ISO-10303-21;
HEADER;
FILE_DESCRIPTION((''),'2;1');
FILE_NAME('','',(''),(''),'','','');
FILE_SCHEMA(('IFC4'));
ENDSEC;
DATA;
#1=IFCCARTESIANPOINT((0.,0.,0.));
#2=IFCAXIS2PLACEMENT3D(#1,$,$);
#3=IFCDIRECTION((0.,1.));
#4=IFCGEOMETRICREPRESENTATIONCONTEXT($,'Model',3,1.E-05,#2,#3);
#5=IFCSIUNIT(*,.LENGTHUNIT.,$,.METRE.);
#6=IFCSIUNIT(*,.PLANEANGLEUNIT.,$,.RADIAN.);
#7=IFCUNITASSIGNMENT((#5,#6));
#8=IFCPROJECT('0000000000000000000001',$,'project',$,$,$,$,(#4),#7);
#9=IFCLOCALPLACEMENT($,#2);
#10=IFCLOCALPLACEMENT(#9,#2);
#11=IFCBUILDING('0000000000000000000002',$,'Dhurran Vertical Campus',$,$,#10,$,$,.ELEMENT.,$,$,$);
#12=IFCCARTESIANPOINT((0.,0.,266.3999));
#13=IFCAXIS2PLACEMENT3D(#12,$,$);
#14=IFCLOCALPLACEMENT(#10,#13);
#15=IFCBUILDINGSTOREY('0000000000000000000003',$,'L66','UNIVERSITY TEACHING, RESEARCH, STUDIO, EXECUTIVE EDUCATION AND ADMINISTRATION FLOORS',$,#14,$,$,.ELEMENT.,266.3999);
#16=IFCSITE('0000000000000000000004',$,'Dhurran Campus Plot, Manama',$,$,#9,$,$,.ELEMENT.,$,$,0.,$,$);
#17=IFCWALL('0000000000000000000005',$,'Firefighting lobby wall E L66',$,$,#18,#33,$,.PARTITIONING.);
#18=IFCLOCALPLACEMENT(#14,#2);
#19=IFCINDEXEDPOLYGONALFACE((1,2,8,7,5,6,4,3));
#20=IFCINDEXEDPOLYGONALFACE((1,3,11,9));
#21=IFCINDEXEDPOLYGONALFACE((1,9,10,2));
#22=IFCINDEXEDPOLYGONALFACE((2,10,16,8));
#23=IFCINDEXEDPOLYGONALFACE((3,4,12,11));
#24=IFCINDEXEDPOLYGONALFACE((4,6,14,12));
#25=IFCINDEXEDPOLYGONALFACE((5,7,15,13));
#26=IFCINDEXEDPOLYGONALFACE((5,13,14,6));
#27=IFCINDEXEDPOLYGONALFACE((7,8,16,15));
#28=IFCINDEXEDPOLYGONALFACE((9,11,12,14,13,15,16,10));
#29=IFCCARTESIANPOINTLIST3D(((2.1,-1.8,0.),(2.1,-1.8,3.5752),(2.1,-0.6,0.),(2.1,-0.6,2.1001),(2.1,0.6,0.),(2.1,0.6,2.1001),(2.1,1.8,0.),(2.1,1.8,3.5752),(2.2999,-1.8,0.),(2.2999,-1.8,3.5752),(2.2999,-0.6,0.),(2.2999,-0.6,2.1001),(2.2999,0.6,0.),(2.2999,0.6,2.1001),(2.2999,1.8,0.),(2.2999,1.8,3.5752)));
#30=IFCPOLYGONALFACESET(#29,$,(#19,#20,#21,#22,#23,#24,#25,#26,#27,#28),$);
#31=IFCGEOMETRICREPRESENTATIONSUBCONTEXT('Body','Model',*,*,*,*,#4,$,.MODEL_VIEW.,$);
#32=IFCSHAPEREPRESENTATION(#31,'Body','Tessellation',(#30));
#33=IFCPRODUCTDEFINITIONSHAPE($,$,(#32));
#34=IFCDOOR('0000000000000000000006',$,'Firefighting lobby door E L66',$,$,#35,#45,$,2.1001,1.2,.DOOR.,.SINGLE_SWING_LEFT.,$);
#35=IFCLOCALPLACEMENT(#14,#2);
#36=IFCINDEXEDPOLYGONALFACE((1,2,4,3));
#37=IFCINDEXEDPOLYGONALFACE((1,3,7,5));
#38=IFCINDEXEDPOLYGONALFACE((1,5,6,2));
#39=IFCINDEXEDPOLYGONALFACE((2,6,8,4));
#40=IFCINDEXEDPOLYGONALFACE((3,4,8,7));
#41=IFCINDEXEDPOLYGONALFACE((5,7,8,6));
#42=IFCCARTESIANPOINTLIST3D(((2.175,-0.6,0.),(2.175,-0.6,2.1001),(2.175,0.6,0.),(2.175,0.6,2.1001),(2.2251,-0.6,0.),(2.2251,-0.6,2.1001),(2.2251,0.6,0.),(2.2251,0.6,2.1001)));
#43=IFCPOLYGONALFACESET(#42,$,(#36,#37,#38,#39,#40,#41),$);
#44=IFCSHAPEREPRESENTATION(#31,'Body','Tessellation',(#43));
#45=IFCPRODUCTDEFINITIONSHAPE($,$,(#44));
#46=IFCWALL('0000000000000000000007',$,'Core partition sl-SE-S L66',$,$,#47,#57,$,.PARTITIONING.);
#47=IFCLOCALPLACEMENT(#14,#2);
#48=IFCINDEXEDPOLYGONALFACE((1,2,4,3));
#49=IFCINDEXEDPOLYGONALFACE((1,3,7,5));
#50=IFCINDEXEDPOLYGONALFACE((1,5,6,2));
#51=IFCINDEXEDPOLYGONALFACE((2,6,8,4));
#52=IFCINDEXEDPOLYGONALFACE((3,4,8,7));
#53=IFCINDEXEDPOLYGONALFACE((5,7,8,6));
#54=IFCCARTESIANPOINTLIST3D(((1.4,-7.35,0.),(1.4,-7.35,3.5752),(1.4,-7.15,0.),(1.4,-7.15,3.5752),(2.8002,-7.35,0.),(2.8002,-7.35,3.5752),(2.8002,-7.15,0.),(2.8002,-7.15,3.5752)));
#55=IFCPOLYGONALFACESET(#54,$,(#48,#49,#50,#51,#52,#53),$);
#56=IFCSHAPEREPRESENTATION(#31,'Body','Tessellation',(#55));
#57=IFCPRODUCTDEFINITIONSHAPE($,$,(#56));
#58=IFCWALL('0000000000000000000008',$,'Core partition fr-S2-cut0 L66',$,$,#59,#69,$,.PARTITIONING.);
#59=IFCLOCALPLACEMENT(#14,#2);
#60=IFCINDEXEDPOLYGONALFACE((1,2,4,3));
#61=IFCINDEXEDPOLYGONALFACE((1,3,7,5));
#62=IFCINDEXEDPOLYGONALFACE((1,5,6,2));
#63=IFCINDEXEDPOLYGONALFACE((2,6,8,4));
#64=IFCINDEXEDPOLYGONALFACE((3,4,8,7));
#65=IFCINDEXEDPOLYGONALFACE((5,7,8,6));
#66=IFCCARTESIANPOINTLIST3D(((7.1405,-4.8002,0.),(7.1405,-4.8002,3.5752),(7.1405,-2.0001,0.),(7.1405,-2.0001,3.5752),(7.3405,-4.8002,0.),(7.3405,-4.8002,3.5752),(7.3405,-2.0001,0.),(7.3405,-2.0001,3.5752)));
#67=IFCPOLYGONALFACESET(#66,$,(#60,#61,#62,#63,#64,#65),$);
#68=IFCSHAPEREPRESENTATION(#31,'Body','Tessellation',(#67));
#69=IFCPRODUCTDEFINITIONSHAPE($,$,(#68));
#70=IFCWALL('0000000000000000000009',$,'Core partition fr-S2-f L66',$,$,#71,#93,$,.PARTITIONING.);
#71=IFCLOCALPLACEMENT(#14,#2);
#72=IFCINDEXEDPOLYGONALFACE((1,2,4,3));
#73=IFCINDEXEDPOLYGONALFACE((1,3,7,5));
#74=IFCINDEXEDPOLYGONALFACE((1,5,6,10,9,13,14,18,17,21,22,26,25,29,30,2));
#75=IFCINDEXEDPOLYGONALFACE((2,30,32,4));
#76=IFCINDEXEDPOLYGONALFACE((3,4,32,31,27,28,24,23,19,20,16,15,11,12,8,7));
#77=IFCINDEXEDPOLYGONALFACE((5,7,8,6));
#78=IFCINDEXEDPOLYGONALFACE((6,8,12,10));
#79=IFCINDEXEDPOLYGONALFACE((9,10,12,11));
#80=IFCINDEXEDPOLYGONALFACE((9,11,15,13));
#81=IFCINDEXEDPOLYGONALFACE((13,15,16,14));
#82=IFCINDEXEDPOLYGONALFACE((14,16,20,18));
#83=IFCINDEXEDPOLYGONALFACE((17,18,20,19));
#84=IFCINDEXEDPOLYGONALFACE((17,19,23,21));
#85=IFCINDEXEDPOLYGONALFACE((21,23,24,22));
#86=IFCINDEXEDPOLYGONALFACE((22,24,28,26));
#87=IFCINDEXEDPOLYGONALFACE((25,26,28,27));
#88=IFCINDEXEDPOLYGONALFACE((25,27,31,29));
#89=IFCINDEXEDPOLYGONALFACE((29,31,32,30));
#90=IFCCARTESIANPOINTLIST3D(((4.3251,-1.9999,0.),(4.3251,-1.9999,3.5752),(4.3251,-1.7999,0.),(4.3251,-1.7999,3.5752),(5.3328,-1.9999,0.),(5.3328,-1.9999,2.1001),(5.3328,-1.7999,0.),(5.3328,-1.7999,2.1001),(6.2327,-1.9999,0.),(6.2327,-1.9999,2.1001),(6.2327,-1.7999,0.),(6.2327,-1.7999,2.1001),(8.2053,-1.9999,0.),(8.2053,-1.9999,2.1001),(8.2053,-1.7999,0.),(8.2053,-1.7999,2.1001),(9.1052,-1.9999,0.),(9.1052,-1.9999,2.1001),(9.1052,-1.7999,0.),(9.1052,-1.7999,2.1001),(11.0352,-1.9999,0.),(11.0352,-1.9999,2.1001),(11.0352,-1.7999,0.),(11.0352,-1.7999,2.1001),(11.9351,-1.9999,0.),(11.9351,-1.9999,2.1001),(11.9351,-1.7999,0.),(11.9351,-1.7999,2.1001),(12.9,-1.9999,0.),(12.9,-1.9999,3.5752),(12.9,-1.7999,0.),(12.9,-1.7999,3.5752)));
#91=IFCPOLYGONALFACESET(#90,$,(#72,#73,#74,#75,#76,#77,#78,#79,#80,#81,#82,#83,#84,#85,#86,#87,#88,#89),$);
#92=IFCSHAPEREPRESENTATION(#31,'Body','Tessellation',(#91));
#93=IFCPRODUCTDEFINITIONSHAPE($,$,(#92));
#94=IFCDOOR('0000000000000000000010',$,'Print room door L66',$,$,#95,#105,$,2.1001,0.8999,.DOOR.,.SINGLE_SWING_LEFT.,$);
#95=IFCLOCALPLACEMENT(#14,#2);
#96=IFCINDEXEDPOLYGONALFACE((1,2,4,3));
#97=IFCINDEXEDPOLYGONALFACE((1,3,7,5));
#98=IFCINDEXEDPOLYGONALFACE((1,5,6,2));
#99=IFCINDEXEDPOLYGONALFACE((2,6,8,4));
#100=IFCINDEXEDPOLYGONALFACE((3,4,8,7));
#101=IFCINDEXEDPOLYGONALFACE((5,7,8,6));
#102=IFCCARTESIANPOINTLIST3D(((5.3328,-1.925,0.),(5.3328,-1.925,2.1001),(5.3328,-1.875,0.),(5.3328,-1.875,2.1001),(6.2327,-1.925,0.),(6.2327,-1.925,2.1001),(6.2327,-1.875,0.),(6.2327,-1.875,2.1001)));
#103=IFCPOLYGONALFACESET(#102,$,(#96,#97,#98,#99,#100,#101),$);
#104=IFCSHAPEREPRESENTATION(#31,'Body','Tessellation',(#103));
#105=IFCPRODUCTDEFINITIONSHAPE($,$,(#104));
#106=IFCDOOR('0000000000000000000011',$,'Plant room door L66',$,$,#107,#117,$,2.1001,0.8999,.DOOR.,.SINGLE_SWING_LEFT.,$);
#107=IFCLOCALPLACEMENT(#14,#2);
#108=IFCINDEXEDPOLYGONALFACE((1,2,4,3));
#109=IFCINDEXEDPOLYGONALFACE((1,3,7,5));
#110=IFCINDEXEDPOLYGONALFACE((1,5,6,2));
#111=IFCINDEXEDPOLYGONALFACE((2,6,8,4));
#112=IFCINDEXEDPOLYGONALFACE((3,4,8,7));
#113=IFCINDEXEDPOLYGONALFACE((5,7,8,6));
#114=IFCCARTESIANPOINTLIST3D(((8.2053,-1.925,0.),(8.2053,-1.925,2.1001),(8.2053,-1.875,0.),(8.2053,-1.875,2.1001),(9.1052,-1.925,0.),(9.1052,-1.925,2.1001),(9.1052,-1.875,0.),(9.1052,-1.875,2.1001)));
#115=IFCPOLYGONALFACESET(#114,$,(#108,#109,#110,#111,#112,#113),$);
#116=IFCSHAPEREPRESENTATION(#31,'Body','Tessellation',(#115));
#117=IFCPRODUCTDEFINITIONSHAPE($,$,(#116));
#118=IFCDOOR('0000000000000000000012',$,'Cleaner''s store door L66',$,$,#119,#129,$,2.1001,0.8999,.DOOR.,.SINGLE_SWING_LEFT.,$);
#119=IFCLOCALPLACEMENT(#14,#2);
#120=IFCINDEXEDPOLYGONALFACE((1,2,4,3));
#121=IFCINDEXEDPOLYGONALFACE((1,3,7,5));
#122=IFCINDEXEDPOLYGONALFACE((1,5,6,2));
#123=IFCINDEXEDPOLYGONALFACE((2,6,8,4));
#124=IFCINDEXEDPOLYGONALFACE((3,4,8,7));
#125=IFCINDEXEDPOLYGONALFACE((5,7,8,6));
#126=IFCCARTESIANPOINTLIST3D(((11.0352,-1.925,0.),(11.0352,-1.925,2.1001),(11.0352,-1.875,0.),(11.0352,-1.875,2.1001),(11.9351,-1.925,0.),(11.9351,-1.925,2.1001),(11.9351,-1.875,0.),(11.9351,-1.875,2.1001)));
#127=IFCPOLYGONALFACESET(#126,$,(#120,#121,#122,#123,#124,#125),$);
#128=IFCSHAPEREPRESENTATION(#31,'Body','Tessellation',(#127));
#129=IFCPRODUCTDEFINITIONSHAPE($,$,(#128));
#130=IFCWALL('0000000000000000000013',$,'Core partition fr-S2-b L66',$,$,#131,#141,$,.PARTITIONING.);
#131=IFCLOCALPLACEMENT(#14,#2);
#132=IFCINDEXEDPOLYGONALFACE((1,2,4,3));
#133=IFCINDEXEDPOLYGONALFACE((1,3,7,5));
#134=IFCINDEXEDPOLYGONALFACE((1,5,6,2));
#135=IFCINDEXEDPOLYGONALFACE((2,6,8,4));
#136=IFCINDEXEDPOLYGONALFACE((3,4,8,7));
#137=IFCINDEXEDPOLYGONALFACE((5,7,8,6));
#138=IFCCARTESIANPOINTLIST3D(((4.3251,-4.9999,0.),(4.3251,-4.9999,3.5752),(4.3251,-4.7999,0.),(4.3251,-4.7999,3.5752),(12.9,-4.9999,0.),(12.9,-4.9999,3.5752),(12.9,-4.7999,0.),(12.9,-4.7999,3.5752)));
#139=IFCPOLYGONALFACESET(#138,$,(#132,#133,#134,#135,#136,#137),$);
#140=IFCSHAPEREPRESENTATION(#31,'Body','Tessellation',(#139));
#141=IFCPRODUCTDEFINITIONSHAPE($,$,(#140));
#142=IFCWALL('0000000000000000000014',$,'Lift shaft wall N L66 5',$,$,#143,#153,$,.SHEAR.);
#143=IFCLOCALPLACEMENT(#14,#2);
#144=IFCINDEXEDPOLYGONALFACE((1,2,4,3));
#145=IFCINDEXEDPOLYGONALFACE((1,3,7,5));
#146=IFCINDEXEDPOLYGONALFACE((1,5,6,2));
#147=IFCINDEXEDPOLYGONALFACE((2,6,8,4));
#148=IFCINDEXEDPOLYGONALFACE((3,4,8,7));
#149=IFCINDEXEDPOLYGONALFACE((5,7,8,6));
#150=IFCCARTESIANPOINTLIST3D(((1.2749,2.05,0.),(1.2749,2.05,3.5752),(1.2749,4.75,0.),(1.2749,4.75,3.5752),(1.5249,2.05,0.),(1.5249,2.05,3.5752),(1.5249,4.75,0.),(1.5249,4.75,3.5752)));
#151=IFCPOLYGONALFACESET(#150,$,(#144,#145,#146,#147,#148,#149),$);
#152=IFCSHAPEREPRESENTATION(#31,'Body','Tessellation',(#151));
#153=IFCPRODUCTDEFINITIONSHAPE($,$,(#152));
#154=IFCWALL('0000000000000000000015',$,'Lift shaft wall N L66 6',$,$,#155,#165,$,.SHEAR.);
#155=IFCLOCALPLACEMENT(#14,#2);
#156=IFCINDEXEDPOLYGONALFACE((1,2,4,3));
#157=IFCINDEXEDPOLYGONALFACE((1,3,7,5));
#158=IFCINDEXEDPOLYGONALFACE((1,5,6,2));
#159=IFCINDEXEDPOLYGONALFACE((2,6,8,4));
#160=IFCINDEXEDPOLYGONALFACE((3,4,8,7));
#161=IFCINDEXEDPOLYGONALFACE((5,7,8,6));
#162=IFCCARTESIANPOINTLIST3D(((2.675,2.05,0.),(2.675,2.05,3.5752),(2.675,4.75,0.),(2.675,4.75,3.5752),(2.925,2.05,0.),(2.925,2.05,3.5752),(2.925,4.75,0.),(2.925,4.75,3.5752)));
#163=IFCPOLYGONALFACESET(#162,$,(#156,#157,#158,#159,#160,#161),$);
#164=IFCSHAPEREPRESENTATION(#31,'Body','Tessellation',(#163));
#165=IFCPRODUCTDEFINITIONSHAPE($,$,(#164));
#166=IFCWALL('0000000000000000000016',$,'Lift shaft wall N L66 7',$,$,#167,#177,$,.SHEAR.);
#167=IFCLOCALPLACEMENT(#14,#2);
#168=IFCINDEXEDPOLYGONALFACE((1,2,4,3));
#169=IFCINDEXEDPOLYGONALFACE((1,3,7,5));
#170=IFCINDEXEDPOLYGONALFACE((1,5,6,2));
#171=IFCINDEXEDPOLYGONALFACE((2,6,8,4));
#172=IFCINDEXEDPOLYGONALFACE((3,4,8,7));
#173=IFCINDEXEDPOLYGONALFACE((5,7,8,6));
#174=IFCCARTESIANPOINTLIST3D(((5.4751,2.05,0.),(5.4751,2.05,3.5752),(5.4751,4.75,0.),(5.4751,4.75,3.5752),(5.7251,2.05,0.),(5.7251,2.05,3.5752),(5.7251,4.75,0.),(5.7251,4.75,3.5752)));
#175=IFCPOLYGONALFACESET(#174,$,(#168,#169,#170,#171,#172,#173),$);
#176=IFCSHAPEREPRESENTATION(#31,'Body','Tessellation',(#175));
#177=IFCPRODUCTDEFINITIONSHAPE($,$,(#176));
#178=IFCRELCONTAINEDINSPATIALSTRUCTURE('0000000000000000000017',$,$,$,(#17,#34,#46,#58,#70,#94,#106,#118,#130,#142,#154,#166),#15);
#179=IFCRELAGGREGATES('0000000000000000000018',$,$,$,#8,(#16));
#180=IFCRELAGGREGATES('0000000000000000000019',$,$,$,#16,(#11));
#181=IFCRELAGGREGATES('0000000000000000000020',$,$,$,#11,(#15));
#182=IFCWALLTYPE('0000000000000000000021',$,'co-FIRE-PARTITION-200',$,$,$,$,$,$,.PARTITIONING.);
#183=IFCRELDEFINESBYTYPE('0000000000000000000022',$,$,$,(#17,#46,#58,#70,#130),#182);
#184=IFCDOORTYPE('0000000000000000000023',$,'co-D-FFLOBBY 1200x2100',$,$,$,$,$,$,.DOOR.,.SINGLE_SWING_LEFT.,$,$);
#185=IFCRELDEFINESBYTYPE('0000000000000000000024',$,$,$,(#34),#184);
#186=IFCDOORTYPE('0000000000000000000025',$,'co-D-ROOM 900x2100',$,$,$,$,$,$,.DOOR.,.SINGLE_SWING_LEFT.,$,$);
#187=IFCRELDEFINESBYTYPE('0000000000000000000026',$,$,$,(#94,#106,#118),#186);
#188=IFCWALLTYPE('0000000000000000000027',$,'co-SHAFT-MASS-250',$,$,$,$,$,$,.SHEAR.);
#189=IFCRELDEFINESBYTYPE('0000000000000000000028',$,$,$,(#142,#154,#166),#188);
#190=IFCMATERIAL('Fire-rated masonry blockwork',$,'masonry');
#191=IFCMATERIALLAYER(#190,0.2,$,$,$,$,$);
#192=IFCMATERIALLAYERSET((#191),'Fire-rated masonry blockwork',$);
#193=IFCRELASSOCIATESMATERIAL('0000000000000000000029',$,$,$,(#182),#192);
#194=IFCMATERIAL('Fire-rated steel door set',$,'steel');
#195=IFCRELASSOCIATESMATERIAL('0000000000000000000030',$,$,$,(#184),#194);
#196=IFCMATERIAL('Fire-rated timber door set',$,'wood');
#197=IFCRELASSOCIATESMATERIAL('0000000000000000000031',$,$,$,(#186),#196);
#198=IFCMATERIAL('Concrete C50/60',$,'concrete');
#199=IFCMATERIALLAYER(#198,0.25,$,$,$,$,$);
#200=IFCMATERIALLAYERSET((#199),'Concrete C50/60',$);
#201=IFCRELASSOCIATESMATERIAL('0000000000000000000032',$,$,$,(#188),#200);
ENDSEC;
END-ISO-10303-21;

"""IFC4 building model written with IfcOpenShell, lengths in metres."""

from ifc_helpers import new_model, si_unit, direction, frame, frame_2d, origin, place, context, subcontext, project, spatial, polyline, rectangle, outline, extrude, material, layer, layer_set, type_object, element, fill, save


model = new_model("IFC4")

# Units and contexts
model_context = context("Model", 3, precision=1e-05, world=origin(), true_north=direction((0.0, 1.0)))
body_context = subcontext(model_context, "Body", "Model", "MODEL_VIEW")
ifc_project = project(units=[si_unit("LENGTHUNIT", "METRE"), si_unit("PLANEANGLEUNIT", "RADIAN")], contexts=[model_context])

# Site, building, storey
site_placement = place(None, origin())
site = spatial("IfcSite", under=ifc_project, at=site_placement, Name="Dhurran Campus Plot, Manama", CompositionType="ELEMENT", RefElevation=0.0)
building_placement = place(site_placement, origin())
building = spatial("IfcBuilding", under=site, at=building_placement, Name="Dhurran Vertical Campus", CompositionType="ELEMENT")
storey_placement = place(building_placement, frame((0.0, 0.0, 266.3999)))
storey = spatial("IfcBuildingStorey", under=building, at=storey_placement, Name="L66", Description="UNIVERSITY TEACHING, RESEARCH, STUDIO, EXECUTIVE EDUCATION AND ADMINISTRATION FLOORS", CompositionType="ELEMENT", Elevation=266.3999)

# Wall, opening, door
ifc_material_1 = material(Name="Fire-rated masonry blockwork", Category="masonry")
ifc_layer_1 = layer(ifc_material_1, 0.2)
ifc_layer_set_1 = layer_set([ifc_layer_1], Name="Fire-rated masonry blockwork")
wall_type_1 = type_object("IfcWallType", Name="co-FIRE-PARTITION-200", PredefinedType="PARTITIONING", material=ifc_layer_set_1)
wall_1_placement = place(storey_placement, frame((2.2, -1.8, 0.0), z_axis=(0.0, 0.0, 1.0), x_axis=(0.0, 1.0, 0.0)))
wall_1 = element("IfcWall", 1, at=wall_1_placement, inside=storey, type_object=wall_type_1, Name="Firefighting lobby wall E L66", PredefinedType="PARTITIONING", context=body_context, shape_type="SweptSolid", body=[
    extrude(rectangle(XDim=3.6001, YDim=0.2, at=frame_2d((1.8, 0.0))), origin(), (0.0, 0.0, 1.0), 3.5752),
])
opening_1_placement = place(wall_1_placement, frame((1.2, 0.0, 0.0)))
opening_1 = element("IfcOpeningElement", 2, at=opening_1_placement, cuts=wall_1, PredefinedType="OPENING", context=body_context, shape_type="SweptSolid", body=[
    extrude(rectangle(XDim=1.2, YDim=2.1001, at=frame_2d((0.6001, 1.05))), frame((0.0, 0.1099, 0.0), z_axis=(0.0, -1.0, 0.0), x_axis=(1.0, 0.0, 0.0)), (0.0, 0.0, 1.0), 0.22),
])
ifc_material_2 = material(Name="Fire-rated steel door set", Category="steel")
door_type_1 = type_object("IfcDoorType", Name="co-D-FFLOBBY 1200x2100", OperationType="SINGLE_SWING_LEFT", PredefinedType="DOOR", material=ifc_material_2)
door_1_placement = place(opening_1_placement, origin())
door_1 = element("IfcDoor", 3, at=door_1_placement, inside=storey, type_object=door_type_1, Name="Firefighting lobby door E L66", OperationType="SINGLE_SWING_LEFT", OverallHeight=2.1001, OverallWidth=1.2, PredefinedType="DOOR", context=body_context, shape_type="SweptSolid", body=[
    extrude(rectangle(XDim=1.2, YDim=2.1001, at=frame_2d((0.6001, 1.05))), frame((0.0, 0.0249, 0.0), z_axis=(0.0, -1.0, 0.0), x_axis=(1.0, 0.0, 0.0)), (0.0, 0.0, 1.0), 0.05),
])
fill(opening_1, door_1)

# Walls
wall_2_placement = place(storey_placement, frame((1.3999, -7.25, 0.0), z_axis=(0.0, 0.0, 1.0), x_axis=(1.0, 0.0, 0.0)))
element("IfcWall", 4, at=wall_2_placement, inside=storey, type_object=wall_type_1, Name="Core partition sl-SE-S L66", PredefinedType="PARTITIONING", context=body_context, shape_type="SweptSolid", body=[
    extrude(rectangle(XDim=1.4001, YDim=0.2, at=frame_2d((0.7002, 0.0))), origin(), (0.0, 0.0, 1.0), 3.5752),
])
wall_3_placement = place(storey_placement, frame((7.2405, -4.8, 0.0), z_axis=(0.0, 0.0, 1.0), x_axis=(0.0, 1.0, 0.0)))
element("IfcWall", 5, at=wall_3_placement, inside=storey, type_object=wall_type_1, Name="Core partition fr-S2-cut0 L66", PredefinedType="PARTITIONING", context=body_context, shape_type="SweptSolid", body=[
    extrude(rectangle(XDim=2.8, YDim=0.2, at=frame_2d((1.3999, 0.0))), origin(), (0.0, 0.0, 1.0), 3.5752),
])

# Wall, openings, doors
wall_4_placement = place(storey_placement, frame((4.325, -1.8999, 0.0), z_axis=(0.0, 0.0, 1.0), x_axis=(1.0, 0.0, 0.0)))
wall_4 = element("IfcWall", 6, at=wall_4_placement, inside=storey, type_object=wall_type_1, Name="Core partition fr-S2-f L66", PredefinedType="PARTITIONING", context=body_context, shape_type="SweptSolid", body=[
    extrude(rectangle(XDim=8.575, YDim=0.2, at=frame_2d((4.2876, 0.0))), origin(), (0.0, 0.0, 1.0), 3.5752),
])
opening_2_placement = place(wall_4_placement, frame((1.0078, 0.0, 0.0)))
opening_2 = element("IfcOpeningElement", 7, at=opening_2_placement, cuts=wall_4, PredefinedType="OPENING", context=body_context, shape_type="SweptSolid", body=[
    extrude(rectangle(XDim=0.8999, YDim=2.1001, at=frame_2d((0.45, 1.05))), frame((0.0, 0.1099, 0.0), z_axis=(0.0, -1.0, 0.0), x_axis=(1.0, 0.0, 0.0)), (0.0, 0.0, 1.0), 0.22),
])
opening_3_placement = place(wall_4_placement, frame((3.8804, 0.0, 0.0)))
opening_3 = element("IfcOpeningElement", 8, at=opening_3_placement, cuts=wall_4, PredefinedType="OPENING", context=body_context, shape_type="SweptSolid", body=[
    extrude(rectangle(XDim=0.8999, YDim=2.1001, at=frame_2d((0.45, 1.05))), frame((0.0, 0.1099, 0.0), z_axis=(0.0, -1.0, 0.0), x_axis=(1.0, 0.0, 0.0)), (0.0, 0.0, 1.0), 0.22),
])
opening_4_placement = place(wall_4_placement, frame((6.7102, 0.0, 0.0)))
opening_4 = element("IfcOpeningElement", 9, at=opening_4_placement, cuts=wall_4, PredefinedType="OPENING", context=body_context, shape_type="SweptSolid", body=[
    extrude(rectangle(XDim=0.8999, YDim=2.1001, at=frame_2d((0.45, 1.05))), frame((0.0, 0.1099, 0.0), z_axis=(0.0, -1.0, 0.0), x_axis=(1.0, 0.0, 0.0)), (0.0, 0.0, 1.0), 0.22),
])
ifc_material_3 = material(Name="Fire-rated timber door set", Category="wood")
door_type_2 = type_object("IfcDoorType", Name="co-D-ROOM 900x2100", OperationType="SINGLE_SWING_LEFT", PredefinedType="DOOR", material=ifc_material_3)
door_2_placement = place(opening_2_placement, origin())
door_2 = element("IfcDoor", 10, at=door_2_placement, inside=storey, type_object=door_type_2, Name="Print room door L66", OperationType="SINGLE_SWING_LEFT", OverallHeight=2.1001, OverallWidth=0.8999, PredefinedType="DOOR", context=body_context, shape_type="SweptSolid", body=[
    extrude(rectangle(XDim=0.8999, YDim=2.1001, at=frame_2d((0.45, 1.05))), frame((0.0, 0.0249, 0.0), z_axis=(0.0, -1.0, 0.0), x_axis=(1.0, 0.0, 0.0)), (0.0, 0.0, 1.0), 0.05),
])
fill(opening_2, door_2)
door_3_placement = place(opening_3_placement, origin())
door_3 = element("IfcDoor", 11, at=door_3_placement, inside=storey, type_object=door_type_2, Name="Plant room door L66", OperationType="SINGLE_SWING_LEFT", OverallHeight=2.1001, OverallWidth=0.8999, PredefinedType="DOOR", context=body_context, shape_type="SweptSolid", body=[
    extrude(rectangle(XDim=0.8999, YDim=2.1001, at=frame_2d((0.45, 1.05))), frame((0.0, 0.0249, 0.0), z_axis=(0.0, -1.0, 0.0), x_axis=(1.0, 0.0, 0.0)), (0.0, 0.0, 1.0), 0.05),
])
fill(opening_3, door_3)
door_4_placement = place(opening_4_placement, origin())
door_4 = element("IfcDoor", 12, at=door_4_placement, inside=storey, type_object=door_type_2, Name="Cleaner's store door L66", OperationType="SINGLE_SWING_LEFT", OverallHeight=2.1001, OverallWidth=0.8999, PredefinedType="DOOR", context=body_context, shape_type="SweptSolid", body=[
    extrude(rectangle(XDim=0.8999, YDim=2.1001, at=frame_2d((0.45, 1.05))), frame((0.0, 0.0249, 0.0), z_axis=(0.0, -1.0, 0.0), x_axis=(1.0, 0.0, 0.0)), (0.0, 0.0, 1.0), 0.05),
])
fill(opening_4, door_4)

# Walls
wall_5_placement = place(storey_placement, frame((4.325, -4.8999, 0.0), z_axis=(0.0, 0.0, 1.0), x_axis=(1.0, 0.0, 0.0)))
element("IfcWall", 13, at=wall_5_placement, inside=storey, type_object=wall_type_1, Name="Core partition fr-S2-b L66", PredefinedType="PARTITIONING", context=body_context, shape_type="SweptSolid", body=[
    extrude(rectangle(XDim=8.575, YDim=0.2, at=frame_2d((4.2876, 0.0))), origin(), (0.0, 0.0, 1.0), 3.5752),
])
ifc_material_4 = material(Name="Concrete C50/60", Category="concrete")
ifc_layer_2 = layer(ifc_material_4, 0.25)
ifc_layer_set_2 = layer_set([ifc_layer_2], Name="Concrete C50/60")
wall_type_2 = type_object("IfcWallType", Name="co-SHAFT-MASS-250", PredefinedType="SHEAR", material=ifc_layer_set_2)
wall_6_placement = place(storey_placement, origin())
element("IfcWall", 14, at=wall_6_placement, inside=storey, type_object=wall_type_2, Name="Lift shaft wall N L66 5", PredefinedType="SHEAR", context=body_context, shape_type="SweptSolid", body=[
    extrude(outline(polyline([(1.2749, 2.05), (1.5249, 2.05), (1.5249, 4.75), (1.2749, 4.75), (1.2749, 2.05)])), origin(), (0.0, 0.0, 1.0), 3.5752),
])
wall_7_placement = place(storey_placement, origin())
element("IfcWall", 15, at=wall_7_placement, inside=storey, type_object=wall_type_2, Name="Lift shaft wall N L66 6", PredefinedType="SHEAR", context=body_context, shape_type="SweptSolid", body=[
    extrude(outline(polyline([(2.675, 2.05), (2.925, 2.05), (2.925, 4.75), (2.675, 4.75), (2.675, 2.05)])), origin(), (0.0, 0.0, 1.0), 3.5752),
])
wall_8_placement = place(storey_placement, origin())
element("IfcWall", 16, at=wall_8_placement, inside=storey, type_object=wall_type_2, Name="Lift shaft wall N L66 7", PredefinedType="SHEAR", context=body_context, shape_type="SweptSolid", body=[
    extrude(outline(polyline([(5.4751, 2.05), (5.7251, 2.05), (5.7251, 4.75), (5.4751, 4.75), (5.4751, 2.05)])), origin(), (0.0, 0.0, 1.0), 3.5752),
])

save(model, "model.ifc")
